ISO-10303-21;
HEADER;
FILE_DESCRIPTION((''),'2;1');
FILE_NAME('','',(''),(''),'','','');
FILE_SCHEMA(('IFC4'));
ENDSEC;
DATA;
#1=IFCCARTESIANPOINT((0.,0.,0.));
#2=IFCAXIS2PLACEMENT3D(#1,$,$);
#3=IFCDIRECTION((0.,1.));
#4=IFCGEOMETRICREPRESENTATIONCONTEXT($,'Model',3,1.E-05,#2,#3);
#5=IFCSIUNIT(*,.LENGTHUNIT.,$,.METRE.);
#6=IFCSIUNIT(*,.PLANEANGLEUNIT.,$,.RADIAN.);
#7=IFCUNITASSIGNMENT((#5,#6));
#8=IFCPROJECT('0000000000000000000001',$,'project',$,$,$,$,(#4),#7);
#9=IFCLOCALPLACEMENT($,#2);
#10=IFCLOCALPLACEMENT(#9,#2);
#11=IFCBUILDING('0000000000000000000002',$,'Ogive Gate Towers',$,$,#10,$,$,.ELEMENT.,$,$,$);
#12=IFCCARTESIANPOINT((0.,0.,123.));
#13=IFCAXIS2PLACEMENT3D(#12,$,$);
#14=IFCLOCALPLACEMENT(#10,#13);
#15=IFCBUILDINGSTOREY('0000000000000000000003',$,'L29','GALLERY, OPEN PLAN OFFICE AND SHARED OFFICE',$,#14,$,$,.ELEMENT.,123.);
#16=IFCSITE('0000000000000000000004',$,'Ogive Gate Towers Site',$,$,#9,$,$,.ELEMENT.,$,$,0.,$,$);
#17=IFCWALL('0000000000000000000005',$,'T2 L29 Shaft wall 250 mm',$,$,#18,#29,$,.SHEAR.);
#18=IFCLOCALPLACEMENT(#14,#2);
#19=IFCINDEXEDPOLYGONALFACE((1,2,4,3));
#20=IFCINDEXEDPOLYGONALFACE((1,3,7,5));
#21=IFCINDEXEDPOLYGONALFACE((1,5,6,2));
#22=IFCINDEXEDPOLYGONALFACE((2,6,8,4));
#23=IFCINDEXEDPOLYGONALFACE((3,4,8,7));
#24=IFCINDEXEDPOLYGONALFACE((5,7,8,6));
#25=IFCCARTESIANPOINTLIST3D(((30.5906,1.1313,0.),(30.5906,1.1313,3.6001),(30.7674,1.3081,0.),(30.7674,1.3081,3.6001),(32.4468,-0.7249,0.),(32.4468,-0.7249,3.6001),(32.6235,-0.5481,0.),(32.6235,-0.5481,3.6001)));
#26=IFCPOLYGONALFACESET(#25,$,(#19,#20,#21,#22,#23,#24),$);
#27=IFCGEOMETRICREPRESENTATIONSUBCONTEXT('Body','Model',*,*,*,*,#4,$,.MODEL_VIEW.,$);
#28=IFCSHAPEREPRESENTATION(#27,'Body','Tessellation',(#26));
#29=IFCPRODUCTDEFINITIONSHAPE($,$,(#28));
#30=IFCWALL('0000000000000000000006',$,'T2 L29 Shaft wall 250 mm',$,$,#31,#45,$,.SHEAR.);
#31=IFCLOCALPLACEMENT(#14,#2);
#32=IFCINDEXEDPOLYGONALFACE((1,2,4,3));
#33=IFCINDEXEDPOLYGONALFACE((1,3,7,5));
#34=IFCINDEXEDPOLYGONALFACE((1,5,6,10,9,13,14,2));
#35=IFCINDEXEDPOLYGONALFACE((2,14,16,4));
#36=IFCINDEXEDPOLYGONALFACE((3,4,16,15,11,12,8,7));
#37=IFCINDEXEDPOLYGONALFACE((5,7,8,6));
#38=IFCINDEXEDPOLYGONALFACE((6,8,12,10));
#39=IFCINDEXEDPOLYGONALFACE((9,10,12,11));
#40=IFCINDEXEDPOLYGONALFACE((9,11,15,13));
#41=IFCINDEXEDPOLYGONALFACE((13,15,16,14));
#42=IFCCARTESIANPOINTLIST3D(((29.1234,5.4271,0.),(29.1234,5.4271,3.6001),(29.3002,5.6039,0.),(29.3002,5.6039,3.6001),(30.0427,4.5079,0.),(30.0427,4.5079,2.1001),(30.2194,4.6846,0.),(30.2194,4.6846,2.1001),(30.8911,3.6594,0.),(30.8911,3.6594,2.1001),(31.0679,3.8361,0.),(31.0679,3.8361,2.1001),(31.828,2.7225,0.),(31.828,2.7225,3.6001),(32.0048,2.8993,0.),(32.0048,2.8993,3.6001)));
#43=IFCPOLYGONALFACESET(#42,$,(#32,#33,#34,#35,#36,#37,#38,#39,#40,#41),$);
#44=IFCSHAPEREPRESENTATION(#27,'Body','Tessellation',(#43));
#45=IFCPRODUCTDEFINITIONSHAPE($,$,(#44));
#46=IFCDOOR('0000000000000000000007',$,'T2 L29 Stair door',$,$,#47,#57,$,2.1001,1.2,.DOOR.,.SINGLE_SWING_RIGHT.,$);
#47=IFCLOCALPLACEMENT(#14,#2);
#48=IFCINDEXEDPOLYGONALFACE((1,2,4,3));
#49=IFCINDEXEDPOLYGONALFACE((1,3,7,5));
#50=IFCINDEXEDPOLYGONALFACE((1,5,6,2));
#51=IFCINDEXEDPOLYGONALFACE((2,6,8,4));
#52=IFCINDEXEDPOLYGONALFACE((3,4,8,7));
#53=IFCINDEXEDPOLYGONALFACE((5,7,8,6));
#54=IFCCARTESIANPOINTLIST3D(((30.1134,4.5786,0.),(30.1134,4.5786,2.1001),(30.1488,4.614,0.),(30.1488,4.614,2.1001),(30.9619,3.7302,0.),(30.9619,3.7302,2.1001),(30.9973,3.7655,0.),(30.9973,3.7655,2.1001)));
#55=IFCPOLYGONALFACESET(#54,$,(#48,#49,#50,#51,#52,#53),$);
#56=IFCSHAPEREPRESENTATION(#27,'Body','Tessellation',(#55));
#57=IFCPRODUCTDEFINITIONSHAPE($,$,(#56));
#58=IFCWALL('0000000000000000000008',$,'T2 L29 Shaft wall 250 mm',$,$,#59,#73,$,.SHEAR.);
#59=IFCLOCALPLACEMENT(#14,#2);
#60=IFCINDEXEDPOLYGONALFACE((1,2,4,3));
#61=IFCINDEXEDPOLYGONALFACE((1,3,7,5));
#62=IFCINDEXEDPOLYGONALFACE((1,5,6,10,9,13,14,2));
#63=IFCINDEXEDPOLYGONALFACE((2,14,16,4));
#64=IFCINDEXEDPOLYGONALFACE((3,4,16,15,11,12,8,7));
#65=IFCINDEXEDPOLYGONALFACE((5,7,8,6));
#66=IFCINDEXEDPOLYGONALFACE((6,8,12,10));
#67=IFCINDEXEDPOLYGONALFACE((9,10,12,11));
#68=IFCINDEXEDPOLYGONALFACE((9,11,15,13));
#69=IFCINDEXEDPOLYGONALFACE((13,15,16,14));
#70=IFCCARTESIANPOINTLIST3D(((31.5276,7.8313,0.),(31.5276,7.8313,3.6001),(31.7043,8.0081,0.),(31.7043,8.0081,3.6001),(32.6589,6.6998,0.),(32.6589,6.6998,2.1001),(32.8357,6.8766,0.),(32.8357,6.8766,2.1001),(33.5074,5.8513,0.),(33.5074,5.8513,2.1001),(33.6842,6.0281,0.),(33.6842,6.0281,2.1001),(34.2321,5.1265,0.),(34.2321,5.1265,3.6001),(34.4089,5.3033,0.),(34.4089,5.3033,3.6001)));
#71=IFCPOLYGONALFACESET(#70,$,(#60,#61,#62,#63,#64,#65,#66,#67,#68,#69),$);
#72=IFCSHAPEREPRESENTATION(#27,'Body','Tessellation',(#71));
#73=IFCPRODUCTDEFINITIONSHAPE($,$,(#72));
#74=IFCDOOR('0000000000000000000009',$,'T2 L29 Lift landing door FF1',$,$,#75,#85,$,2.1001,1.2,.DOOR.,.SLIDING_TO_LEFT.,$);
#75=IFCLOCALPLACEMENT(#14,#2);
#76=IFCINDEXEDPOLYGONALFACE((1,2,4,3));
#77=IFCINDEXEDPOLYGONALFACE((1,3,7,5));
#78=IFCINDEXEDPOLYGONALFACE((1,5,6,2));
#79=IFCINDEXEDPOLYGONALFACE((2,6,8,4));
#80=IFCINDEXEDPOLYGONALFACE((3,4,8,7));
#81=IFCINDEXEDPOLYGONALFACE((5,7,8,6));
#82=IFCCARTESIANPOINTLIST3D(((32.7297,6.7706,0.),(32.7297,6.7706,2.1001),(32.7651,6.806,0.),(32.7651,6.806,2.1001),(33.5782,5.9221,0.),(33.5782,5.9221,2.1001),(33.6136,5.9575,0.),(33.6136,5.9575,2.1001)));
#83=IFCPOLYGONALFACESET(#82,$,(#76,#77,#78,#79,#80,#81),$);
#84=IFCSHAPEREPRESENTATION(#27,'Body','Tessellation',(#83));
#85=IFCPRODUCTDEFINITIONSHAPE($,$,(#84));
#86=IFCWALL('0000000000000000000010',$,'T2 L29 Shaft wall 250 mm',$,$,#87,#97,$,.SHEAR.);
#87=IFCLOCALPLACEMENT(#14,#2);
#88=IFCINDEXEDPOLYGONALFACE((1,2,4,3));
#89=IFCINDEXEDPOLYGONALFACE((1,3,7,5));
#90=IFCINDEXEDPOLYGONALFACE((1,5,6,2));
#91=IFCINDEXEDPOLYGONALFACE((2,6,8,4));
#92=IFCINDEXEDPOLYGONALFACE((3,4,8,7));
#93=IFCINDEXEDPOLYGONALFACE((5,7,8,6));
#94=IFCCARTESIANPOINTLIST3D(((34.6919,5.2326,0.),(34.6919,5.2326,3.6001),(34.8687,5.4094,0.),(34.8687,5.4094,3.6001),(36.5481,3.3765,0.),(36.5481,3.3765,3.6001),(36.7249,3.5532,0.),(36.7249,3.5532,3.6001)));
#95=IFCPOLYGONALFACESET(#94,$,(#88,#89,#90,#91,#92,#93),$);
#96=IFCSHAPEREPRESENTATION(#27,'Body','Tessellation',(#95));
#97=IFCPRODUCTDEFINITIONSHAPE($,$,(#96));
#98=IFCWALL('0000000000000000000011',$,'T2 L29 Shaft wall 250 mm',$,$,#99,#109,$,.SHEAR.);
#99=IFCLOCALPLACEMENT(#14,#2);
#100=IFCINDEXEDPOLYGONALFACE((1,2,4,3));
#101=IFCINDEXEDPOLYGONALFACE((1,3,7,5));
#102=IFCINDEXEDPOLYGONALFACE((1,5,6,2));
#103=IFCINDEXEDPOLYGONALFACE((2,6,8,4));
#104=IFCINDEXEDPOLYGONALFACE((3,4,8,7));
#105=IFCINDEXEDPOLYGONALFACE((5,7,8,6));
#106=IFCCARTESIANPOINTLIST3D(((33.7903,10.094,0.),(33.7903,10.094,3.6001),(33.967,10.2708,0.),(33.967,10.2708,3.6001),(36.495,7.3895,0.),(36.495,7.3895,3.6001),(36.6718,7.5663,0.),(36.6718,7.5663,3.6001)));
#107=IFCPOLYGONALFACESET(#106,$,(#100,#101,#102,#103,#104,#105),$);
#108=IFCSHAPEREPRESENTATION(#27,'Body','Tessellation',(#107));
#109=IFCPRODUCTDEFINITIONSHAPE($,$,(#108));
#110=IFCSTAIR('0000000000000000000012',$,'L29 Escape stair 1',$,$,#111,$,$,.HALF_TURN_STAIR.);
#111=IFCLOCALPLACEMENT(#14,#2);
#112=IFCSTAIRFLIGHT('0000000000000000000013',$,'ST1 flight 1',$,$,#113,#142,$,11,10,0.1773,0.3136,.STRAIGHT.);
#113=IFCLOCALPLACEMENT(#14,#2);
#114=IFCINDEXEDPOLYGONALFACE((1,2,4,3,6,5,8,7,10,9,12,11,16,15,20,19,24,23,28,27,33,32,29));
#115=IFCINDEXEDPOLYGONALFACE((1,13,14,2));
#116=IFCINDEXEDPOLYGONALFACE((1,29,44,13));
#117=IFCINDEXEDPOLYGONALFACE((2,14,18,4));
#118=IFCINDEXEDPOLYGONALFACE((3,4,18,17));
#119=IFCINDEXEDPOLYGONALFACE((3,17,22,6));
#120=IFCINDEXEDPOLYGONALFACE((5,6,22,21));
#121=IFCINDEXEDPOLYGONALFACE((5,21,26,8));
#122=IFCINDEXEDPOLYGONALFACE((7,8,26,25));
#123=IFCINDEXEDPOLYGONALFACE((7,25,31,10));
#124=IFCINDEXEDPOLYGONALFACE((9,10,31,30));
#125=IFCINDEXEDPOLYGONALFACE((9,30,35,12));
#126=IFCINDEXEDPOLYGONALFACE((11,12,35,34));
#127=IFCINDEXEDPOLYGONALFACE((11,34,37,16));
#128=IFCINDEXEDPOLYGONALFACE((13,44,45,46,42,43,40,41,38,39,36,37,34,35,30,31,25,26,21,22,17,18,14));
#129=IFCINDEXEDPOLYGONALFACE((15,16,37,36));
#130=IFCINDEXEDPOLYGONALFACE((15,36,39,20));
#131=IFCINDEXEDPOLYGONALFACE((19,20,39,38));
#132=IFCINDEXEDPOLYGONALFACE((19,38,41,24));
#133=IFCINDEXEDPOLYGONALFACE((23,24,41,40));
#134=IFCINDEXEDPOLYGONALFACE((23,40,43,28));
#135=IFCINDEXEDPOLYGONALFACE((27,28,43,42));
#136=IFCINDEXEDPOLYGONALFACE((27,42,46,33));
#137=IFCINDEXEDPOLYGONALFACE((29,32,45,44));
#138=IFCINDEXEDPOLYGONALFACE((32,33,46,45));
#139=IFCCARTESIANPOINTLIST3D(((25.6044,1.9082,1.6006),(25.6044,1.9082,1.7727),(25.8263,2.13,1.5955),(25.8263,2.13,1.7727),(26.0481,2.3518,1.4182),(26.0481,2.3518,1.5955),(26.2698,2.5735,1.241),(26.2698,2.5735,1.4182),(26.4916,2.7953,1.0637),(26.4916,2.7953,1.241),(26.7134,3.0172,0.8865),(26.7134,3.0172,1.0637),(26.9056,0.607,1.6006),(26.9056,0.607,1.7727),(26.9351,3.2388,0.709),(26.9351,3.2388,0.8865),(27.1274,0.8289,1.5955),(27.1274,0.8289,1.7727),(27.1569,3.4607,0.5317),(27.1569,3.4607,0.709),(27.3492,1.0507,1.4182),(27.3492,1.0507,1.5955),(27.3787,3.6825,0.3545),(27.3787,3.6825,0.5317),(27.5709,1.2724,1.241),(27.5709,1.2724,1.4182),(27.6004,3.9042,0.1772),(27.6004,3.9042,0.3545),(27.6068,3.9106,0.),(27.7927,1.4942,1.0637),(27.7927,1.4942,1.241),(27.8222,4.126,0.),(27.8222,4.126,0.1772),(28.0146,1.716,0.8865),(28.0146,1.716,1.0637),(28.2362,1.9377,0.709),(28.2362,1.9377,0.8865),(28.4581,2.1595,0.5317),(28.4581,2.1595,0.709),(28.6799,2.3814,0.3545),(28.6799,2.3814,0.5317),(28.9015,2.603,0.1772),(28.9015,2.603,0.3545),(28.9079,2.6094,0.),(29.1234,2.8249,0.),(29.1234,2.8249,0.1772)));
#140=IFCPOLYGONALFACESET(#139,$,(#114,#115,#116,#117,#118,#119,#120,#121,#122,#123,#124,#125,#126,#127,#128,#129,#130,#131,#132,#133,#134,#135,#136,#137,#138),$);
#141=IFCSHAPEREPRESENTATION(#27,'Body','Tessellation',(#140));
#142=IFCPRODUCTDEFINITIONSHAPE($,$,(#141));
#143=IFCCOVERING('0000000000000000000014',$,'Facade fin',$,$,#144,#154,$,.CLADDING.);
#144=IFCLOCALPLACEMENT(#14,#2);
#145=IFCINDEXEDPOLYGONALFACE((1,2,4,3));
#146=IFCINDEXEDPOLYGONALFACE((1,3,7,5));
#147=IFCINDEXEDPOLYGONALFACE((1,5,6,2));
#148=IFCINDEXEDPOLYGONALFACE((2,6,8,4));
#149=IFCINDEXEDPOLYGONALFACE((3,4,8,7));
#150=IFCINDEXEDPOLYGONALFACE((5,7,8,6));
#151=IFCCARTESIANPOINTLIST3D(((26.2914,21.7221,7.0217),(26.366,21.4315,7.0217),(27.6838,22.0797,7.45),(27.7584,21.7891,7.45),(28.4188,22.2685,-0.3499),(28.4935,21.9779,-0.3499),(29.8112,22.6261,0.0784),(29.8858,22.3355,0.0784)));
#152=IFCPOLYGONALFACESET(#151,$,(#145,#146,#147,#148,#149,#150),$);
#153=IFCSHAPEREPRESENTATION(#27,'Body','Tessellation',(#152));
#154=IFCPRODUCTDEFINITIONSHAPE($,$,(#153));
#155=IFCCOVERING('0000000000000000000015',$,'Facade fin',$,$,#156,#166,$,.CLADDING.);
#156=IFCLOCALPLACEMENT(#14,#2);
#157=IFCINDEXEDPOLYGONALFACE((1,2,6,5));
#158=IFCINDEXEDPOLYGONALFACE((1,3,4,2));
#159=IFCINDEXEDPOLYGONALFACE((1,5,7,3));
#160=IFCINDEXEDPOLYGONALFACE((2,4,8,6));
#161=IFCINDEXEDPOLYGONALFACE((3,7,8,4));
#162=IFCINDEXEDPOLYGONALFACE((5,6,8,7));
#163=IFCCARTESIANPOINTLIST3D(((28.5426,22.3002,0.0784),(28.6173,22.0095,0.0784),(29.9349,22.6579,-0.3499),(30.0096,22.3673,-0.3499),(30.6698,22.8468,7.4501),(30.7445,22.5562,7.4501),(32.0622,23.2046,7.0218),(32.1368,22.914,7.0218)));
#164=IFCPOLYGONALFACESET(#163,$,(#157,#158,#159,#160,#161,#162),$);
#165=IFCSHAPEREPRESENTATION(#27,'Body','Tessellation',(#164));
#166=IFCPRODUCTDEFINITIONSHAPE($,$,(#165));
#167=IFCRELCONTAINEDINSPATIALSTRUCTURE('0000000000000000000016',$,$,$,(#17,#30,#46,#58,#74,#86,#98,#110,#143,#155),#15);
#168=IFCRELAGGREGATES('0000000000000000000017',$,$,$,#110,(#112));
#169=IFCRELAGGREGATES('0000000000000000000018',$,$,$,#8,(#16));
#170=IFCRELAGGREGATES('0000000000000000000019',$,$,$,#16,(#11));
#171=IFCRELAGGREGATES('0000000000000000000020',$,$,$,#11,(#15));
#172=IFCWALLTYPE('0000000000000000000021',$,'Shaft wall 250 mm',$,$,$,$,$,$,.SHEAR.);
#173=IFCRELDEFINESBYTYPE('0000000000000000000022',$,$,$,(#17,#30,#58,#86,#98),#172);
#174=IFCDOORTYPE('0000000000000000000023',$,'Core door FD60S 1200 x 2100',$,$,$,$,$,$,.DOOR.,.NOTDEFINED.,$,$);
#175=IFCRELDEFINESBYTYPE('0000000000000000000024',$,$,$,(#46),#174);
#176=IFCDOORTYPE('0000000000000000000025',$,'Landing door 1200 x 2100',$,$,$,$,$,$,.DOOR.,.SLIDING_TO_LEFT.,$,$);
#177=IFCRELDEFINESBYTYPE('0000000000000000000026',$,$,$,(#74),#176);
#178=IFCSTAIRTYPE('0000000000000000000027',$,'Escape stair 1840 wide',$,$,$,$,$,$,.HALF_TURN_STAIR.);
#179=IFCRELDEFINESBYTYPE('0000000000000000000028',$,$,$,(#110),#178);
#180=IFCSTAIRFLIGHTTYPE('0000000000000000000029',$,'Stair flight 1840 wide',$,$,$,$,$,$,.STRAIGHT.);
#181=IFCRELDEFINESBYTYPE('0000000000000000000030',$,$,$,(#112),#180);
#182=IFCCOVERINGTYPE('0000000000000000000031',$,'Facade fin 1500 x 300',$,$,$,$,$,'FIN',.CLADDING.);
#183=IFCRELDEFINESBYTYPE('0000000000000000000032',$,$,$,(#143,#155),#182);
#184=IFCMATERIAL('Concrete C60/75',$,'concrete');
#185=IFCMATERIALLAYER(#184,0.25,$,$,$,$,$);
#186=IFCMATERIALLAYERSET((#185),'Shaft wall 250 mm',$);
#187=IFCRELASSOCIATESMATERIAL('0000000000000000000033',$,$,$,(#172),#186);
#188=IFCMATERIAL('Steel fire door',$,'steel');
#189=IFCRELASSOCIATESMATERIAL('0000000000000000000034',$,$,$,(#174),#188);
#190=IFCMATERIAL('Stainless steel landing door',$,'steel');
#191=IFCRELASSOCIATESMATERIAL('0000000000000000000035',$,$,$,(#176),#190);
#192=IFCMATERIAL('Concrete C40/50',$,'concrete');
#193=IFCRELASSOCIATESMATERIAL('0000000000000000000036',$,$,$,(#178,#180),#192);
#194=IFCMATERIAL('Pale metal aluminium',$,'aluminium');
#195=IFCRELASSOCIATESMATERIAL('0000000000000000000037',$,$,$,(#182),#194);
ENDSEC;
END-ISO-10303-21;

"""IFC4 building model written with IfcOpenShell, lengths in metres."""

from ifc_helpers import new_model, si_unit, direction, frame, frame_2d, origin, origin_2d, place, context, subcontext, project, spatial, polyline, rectangle, outline, extrude, material, layer, layer_set, material_profile, profile_set, type_object, element, fill, aggregate, save


model = new_model("IFC4")

# Units and contexts
model_context = context("Model", 3, precision=1e-05, world=origin(), true_north=direction((0.0, 1.0)))
body_context = subcontext(model_context, "Body", "Model", "MODEL_VIEW")
ifc_project = project(units=[si_unit("LENGTHUNIT", "METRE"), si_unit("PLANEANGLEUNIT", "RADIAN")], contexts=[model_context])

# Site, building, storey
site_placement = place(None, origin())
site = spatial("IfcSite", under=ifc_project, at=site_placement, Name="Ogive Gate Towers Site", CompositionType="ELEMENT", RefElevation=0.0)
building_placement = place(site_placement, origin())
building = spatial("IfcBuilding", under=site, at=building_placement, Name="Ogive Gate Towers", CompositionType="ELEMENT")
storey_placement = place(building_placement, frame((0.0, 0.0, 123.0)))
storey = spatial("IfcBuildingStorey", under=building, at=storey_placement, Name="L29", Description="GALLERY, OPEN PLAN OFFICE AND SHARED OFFICE", CompositionType="ELEMENT", Elevation=123.0)

# Shared definitions
ifc_material_1 = material(Name="Pale metal aluminium", Category="aluminium")

# Wall
ifc_material_2 = material(Name="Concrete C60/75", Category="concrete")
ifc_layer_1 = layer(ifc_material_2, 0.25)
ifc_layer_set_1 = layer_set([ifc_layer_1], Name="Shaft wall 250 mm")
wall_type_1 = type_object("IfcWallType", Name="Shaft wall 250 mm", PredefinedType="SHEAR", material=ifc_layer_set_1)
wall_1_placement = place(storey_placement, frame((32.5352, -0.6365, 0.0), z_axis=(0.0, 0.0, 1.0), x_axis=(-0.707107, 0.707107, 0.0)))
element("IfcWall", 1, at=wall_1_placement, inside=storey, type_object=wall_type_1, Name="T2 L29 Shaft wall 250 mm", PredefinedType="SHEAR", context=body_context, shape_type="SweptSolid", body=[
    extrude(rectangle(XDim=2.625, YDim=0.25, at=frame_2d((1.3125, 0.0))), origin(), (0.0, 0.0, 1.0), 3.6001),
])

# Walls, openings, doors
wall_2_placement = place(storey_placement, frame((31.9165, 2.8108, 0.0), z_axis=(0.0, 0.0, 1.0), x_axis=(-0.707107, 0.707107, 0.0)))
wall_2 = element("IfcWall", 2, at=wall_2_placement, inside=storey, type_object=wall_type_1, Name="T2 L29 Shaft wall 250 mm", PredefinedType="SHEAR", context=body_context, shape_type="SweptSolid", body=[
    extrude(rectangle(XDim=3.825, YDim=0.25, at=frame_2d((1.9126, 0.0))), origin(), (0.0, 0.0, 1.0), 3.6001),
])
opening_1_placement = place(wall_2_placement, frame((1.325, 0.0, 0.0)))
opening_1 = element("IfcOpeningElement", 3, at=opening_1_placement, cuts=wall_2, PredefinedType="OPENING", context=body_context, shape_type="SweptSolid", body=[
    extrude(rectangle(XDim=1.2, YDim=2.1001, at=frame_2d((0.6001, 1.05))), frame((0.0, 0.135, 0.0), z_axis=(0.0, -1.0, 0.0), x_axis=(1.0, 0.0, 0.0)), (0.0, 0.0, 1.0), 0.27),
])
ifc_material_3 = material(Name="Steel fire door", Category="steel")
door_type_1 = type_object("IfcDoorType", Name="Core door FD60S 1200 x 2100", OperationType="NOTDEFINED", PredefinedType="DOOR", material=ifc_material_3)
door_1_placement = place(opening_1_placement, origin())
door_1 = element("IfcDoor", 4, at=door_1_placement, inside=storey, type_object=door_type_1, Name="T2 L29 Stair door", OperationType="SINGLE_SWING_RIGHT", OverallHeight=2.1001, OverallWidth=1.2, PredefinedType="DOOR", context=body_context, shape_type="SweptSolid", body=[
    extrude(rectangle(XDim=1.2, YDim=2.1001, at=frame_2d((0.6001, 1.05))), frame((0.0, 0.0249, 0.0), z_axis=(0.0, -1.0, 0.0), x_axis=(1.0, 0.0, 0.0)), (0.0, 0.0, 1.0), 0.05),
])
fill(opening_1, door_1)
wall_3_placement = place(storey_placement, frame((34.3206, 5.2148, 0.0), z_axis=(0.0, 0.0, 1.0), x_axis=(-0.707075, 0.707139, 0.0)))
wall_3 = element("IfcWall", 5, at=wall_3_placement, inside=storey, type_object=wall_type_1, Name="T2 L29 Shaft wall 250 mm", PredefinedType="SHEAR", context=body_context, shape_type="SweptSolid", body=[
    extrude(rectangle(XDim=3.825, YDim=0.25, at=frame_2d((1.9126, 0.0))), origin(), (0.0, 0.0, 1.0), 3.6001),
])
opening_2_placement = place(wall_3_placement, frame((1.0249, 0.0, 0.0)))
opening_2 = element("IfcOpeningElement", 6, at=opening_2_placement, cuts=wall_3, PredefinedType="OPENING", context=body_context, shape_type="SweptSolid", body=[
    extrude(rectangle(XDim=1.2, YDim=2.1001, at=frame_2d((0.6001, 1.05))), frame((0.0, 0.135, 0.0), z_axis=(0.0, -1.0, 0.0), x_axis=(1.0, 0.0, 0.0)), (0.0, 0.0, 1.0), 0.27),
])
ifc_material_4 = material(Name="Stainless steel landing door", Category="steel")
door_type_2 = type_object("IfcDoorType", Name="Landing door 1200 x 2100", OperationType="SLIDING_TO_LEFT", PredefinedType="DOOR", material=ifc_material_4)
door_2_placement = place(opening_2_placement, origin())
door_2 = element("IfcDoor", 7, at=door_2_placement, inside=storey, type_object=door_type_2, Name="T2 L29 Lift landing door FF1", OperationType="SLIDING_TO_LEFT", OverallHeight=2.1001, OverallWidth=1.2, PredefinedType="DOOR", context=body_context, shape_type="SweptSolid", body=[
    extrude(rectangle(XDim=1.2, YDim=2.1001, at=frame_2d((0.6001, 1.05))), frame((0.0, 0.0249, 0.0), z_axis=(0.0, -1.0, 0.0), x_axis=(1.0, 0.0, 0.0)), (0.0, 0.0, 1.0), 0.05),
])
fill(opening_2, door_2)

# Walls
wall_4_placement = place(storey_placement, frame((36.6365, 3.4648, 0.0), z_axis=(0.0, 0.0, 1.0), x_axis=(-0.707107, 0.707107, 0.0)))
element("IfcWall", 8, at=wall_4_placement, inside=storey, type_object=wall_type_1, Name="T2 L29 Shaft wall 250 mm", PredefinedType="SHEAR", context=body_context, shape_type="SweptSolid", body=[
    extrude(rectangle(XDim=2.625, YDim=0.25, at=frame_2d((1.3125, 0.0))), origin(), (0.0, 0.0, 1.0), 3.6001),
])
wall_5_placement = place(storey_placement, frame((36.5835, 7.4778, 0.0), z_axis=(0.0, 0.0, 1.0), x_axis=(-0.707139, 0.707075, 0.0)))
element("IfcWall", 9, at=wall_5_placement, inside=storey, type_object=wall_type_1, Name="T2 L29 Shaft wall 250 mm", PredefinedType="SHEAR", context=body_context, shape_type="SweptSolid", body=[
    extrude(rectangle(XDim=3.825, YDim=0.25, at=frame_2d((1.9126, 0.0))), origin(), (0.0, 0.0, 1.0), 3.6001),
])

# Stair, stair flight
ifc_material_5 = material(Name="Concrete C40/50", Category="concrete")
stair_type = type_object("IfcStairType", Name="Escape stair 1840 wide", PredefinedType="HALF_TURN_STAIR", material=ifc_material_5)
stair_placement = place(storey_placement, origin())
stair = element("IfcStair", 10, at=stair_placement, inside=storey, type_object=stair_type, Name="L29 Escape stair 1", PredefinedType="HALF_TURN_STAIR")
stair_flight_type = type_object("IfcStairFlightType", Name="Stair flight 1840 wide", PredefinedType="STRAIGHT", material=ifc_material_5)
stair_flight_placement = place(storey_placement, frame((28.4729, 3.4753, 0.0), z_axis=(0.0, 0.0, 1.0), x_axis=(-0.707107, -0.707107, 0.0)))
stair_flight = element("IfcStairFlight", 11, at=stair_flight_placement, type_object=stair_flight_type, Name="ST1 flight 1", NumberOfRisers=11, NumberOfTreads=10, PredefinedType="STRAIGHT", RiserHeight=0.1773, TreadLength=0.3136, context=body_context, shape_type="SweptSolid", body=[
    extrude(outline(polyline([(0.0, 0.0), (0.0, 0.1772), (0.3137, 0.1772), (0.3137, 0.3545), (0.6272, 0.3545), (0.6272, 0.5317), (0.9409, 0.5317), (0.9409, 0.709), (1.2546, 0.709), (1.2546, 0.8865), (1.5681, 0.8865), (1.5681, 1.0637), (1.8818, 1.0637), (1.8818, 1.241), (2.1956, 1.241), (2.1956, 1.4182), (2.509, 1.4182), (2.509, 1.5955), (2.8228, 1.5955), (2.8228, 1.7727), (3.1365, 1.7727), (3.1365, 1.95), (3.1365, 1.6006), (0.3047, 0.0), (0.0, 0.0)])), frame((0.0, 0.9199, 0.0), z_axis=(0.0, -1.0, 0.0), x_axis=(1.0, 0.0, 0.0)), (0.0, 0.0, 1.0), 1.8401),
])
aggregate(stair, [stair_flight])

# Coverings
ifc_material_profile_1 = material_profile(ifc_material_1, rectangle(XDim=0.3, YDim=1.5, at=origin_2d()), Name="1500 x 300 pale metal aluminium")
ifc_profile_set_1 = profile_set([ifc_material_profile_1], Name="Pale metal aluminium")
covering_type = type_object("IfcCoveringType", Name="Facade fin 1500 x 300", ElementType="FIN", PredefinedType="CLADDING", material=ifc_profile_set_1)
for number, where, z_axis, x_axis, name in (
    (12, (29.1523, 22.302, -0.1357), (-0.276583, -0.071034, 0.958361), (0.248755, -0.968566, 0.0), "Facade fin"),
    (13, (29.2761, 22.3337, -0.1357), (0.276553, 0.071067, 0.958367), (-0.248886, 0.968533, 0.0), "Facade fin"),
):
    element("IfcCovering", number, at=place(storey_placement, frame(where, z_axis=z_axis, x_axis=x_axis)), inside=storey, type_object=covering_type, Name=name, PredefinedType="CLADDING", context=body_context, shape_type="SweptSolid", body=[
        extrude(rectangle(XDim=0.3, YDim=1.5, at=origin_2d()), origin(), (0.0, 0.0, 1.0), 7.6919),
    ])

save(model, "model.ifc")
